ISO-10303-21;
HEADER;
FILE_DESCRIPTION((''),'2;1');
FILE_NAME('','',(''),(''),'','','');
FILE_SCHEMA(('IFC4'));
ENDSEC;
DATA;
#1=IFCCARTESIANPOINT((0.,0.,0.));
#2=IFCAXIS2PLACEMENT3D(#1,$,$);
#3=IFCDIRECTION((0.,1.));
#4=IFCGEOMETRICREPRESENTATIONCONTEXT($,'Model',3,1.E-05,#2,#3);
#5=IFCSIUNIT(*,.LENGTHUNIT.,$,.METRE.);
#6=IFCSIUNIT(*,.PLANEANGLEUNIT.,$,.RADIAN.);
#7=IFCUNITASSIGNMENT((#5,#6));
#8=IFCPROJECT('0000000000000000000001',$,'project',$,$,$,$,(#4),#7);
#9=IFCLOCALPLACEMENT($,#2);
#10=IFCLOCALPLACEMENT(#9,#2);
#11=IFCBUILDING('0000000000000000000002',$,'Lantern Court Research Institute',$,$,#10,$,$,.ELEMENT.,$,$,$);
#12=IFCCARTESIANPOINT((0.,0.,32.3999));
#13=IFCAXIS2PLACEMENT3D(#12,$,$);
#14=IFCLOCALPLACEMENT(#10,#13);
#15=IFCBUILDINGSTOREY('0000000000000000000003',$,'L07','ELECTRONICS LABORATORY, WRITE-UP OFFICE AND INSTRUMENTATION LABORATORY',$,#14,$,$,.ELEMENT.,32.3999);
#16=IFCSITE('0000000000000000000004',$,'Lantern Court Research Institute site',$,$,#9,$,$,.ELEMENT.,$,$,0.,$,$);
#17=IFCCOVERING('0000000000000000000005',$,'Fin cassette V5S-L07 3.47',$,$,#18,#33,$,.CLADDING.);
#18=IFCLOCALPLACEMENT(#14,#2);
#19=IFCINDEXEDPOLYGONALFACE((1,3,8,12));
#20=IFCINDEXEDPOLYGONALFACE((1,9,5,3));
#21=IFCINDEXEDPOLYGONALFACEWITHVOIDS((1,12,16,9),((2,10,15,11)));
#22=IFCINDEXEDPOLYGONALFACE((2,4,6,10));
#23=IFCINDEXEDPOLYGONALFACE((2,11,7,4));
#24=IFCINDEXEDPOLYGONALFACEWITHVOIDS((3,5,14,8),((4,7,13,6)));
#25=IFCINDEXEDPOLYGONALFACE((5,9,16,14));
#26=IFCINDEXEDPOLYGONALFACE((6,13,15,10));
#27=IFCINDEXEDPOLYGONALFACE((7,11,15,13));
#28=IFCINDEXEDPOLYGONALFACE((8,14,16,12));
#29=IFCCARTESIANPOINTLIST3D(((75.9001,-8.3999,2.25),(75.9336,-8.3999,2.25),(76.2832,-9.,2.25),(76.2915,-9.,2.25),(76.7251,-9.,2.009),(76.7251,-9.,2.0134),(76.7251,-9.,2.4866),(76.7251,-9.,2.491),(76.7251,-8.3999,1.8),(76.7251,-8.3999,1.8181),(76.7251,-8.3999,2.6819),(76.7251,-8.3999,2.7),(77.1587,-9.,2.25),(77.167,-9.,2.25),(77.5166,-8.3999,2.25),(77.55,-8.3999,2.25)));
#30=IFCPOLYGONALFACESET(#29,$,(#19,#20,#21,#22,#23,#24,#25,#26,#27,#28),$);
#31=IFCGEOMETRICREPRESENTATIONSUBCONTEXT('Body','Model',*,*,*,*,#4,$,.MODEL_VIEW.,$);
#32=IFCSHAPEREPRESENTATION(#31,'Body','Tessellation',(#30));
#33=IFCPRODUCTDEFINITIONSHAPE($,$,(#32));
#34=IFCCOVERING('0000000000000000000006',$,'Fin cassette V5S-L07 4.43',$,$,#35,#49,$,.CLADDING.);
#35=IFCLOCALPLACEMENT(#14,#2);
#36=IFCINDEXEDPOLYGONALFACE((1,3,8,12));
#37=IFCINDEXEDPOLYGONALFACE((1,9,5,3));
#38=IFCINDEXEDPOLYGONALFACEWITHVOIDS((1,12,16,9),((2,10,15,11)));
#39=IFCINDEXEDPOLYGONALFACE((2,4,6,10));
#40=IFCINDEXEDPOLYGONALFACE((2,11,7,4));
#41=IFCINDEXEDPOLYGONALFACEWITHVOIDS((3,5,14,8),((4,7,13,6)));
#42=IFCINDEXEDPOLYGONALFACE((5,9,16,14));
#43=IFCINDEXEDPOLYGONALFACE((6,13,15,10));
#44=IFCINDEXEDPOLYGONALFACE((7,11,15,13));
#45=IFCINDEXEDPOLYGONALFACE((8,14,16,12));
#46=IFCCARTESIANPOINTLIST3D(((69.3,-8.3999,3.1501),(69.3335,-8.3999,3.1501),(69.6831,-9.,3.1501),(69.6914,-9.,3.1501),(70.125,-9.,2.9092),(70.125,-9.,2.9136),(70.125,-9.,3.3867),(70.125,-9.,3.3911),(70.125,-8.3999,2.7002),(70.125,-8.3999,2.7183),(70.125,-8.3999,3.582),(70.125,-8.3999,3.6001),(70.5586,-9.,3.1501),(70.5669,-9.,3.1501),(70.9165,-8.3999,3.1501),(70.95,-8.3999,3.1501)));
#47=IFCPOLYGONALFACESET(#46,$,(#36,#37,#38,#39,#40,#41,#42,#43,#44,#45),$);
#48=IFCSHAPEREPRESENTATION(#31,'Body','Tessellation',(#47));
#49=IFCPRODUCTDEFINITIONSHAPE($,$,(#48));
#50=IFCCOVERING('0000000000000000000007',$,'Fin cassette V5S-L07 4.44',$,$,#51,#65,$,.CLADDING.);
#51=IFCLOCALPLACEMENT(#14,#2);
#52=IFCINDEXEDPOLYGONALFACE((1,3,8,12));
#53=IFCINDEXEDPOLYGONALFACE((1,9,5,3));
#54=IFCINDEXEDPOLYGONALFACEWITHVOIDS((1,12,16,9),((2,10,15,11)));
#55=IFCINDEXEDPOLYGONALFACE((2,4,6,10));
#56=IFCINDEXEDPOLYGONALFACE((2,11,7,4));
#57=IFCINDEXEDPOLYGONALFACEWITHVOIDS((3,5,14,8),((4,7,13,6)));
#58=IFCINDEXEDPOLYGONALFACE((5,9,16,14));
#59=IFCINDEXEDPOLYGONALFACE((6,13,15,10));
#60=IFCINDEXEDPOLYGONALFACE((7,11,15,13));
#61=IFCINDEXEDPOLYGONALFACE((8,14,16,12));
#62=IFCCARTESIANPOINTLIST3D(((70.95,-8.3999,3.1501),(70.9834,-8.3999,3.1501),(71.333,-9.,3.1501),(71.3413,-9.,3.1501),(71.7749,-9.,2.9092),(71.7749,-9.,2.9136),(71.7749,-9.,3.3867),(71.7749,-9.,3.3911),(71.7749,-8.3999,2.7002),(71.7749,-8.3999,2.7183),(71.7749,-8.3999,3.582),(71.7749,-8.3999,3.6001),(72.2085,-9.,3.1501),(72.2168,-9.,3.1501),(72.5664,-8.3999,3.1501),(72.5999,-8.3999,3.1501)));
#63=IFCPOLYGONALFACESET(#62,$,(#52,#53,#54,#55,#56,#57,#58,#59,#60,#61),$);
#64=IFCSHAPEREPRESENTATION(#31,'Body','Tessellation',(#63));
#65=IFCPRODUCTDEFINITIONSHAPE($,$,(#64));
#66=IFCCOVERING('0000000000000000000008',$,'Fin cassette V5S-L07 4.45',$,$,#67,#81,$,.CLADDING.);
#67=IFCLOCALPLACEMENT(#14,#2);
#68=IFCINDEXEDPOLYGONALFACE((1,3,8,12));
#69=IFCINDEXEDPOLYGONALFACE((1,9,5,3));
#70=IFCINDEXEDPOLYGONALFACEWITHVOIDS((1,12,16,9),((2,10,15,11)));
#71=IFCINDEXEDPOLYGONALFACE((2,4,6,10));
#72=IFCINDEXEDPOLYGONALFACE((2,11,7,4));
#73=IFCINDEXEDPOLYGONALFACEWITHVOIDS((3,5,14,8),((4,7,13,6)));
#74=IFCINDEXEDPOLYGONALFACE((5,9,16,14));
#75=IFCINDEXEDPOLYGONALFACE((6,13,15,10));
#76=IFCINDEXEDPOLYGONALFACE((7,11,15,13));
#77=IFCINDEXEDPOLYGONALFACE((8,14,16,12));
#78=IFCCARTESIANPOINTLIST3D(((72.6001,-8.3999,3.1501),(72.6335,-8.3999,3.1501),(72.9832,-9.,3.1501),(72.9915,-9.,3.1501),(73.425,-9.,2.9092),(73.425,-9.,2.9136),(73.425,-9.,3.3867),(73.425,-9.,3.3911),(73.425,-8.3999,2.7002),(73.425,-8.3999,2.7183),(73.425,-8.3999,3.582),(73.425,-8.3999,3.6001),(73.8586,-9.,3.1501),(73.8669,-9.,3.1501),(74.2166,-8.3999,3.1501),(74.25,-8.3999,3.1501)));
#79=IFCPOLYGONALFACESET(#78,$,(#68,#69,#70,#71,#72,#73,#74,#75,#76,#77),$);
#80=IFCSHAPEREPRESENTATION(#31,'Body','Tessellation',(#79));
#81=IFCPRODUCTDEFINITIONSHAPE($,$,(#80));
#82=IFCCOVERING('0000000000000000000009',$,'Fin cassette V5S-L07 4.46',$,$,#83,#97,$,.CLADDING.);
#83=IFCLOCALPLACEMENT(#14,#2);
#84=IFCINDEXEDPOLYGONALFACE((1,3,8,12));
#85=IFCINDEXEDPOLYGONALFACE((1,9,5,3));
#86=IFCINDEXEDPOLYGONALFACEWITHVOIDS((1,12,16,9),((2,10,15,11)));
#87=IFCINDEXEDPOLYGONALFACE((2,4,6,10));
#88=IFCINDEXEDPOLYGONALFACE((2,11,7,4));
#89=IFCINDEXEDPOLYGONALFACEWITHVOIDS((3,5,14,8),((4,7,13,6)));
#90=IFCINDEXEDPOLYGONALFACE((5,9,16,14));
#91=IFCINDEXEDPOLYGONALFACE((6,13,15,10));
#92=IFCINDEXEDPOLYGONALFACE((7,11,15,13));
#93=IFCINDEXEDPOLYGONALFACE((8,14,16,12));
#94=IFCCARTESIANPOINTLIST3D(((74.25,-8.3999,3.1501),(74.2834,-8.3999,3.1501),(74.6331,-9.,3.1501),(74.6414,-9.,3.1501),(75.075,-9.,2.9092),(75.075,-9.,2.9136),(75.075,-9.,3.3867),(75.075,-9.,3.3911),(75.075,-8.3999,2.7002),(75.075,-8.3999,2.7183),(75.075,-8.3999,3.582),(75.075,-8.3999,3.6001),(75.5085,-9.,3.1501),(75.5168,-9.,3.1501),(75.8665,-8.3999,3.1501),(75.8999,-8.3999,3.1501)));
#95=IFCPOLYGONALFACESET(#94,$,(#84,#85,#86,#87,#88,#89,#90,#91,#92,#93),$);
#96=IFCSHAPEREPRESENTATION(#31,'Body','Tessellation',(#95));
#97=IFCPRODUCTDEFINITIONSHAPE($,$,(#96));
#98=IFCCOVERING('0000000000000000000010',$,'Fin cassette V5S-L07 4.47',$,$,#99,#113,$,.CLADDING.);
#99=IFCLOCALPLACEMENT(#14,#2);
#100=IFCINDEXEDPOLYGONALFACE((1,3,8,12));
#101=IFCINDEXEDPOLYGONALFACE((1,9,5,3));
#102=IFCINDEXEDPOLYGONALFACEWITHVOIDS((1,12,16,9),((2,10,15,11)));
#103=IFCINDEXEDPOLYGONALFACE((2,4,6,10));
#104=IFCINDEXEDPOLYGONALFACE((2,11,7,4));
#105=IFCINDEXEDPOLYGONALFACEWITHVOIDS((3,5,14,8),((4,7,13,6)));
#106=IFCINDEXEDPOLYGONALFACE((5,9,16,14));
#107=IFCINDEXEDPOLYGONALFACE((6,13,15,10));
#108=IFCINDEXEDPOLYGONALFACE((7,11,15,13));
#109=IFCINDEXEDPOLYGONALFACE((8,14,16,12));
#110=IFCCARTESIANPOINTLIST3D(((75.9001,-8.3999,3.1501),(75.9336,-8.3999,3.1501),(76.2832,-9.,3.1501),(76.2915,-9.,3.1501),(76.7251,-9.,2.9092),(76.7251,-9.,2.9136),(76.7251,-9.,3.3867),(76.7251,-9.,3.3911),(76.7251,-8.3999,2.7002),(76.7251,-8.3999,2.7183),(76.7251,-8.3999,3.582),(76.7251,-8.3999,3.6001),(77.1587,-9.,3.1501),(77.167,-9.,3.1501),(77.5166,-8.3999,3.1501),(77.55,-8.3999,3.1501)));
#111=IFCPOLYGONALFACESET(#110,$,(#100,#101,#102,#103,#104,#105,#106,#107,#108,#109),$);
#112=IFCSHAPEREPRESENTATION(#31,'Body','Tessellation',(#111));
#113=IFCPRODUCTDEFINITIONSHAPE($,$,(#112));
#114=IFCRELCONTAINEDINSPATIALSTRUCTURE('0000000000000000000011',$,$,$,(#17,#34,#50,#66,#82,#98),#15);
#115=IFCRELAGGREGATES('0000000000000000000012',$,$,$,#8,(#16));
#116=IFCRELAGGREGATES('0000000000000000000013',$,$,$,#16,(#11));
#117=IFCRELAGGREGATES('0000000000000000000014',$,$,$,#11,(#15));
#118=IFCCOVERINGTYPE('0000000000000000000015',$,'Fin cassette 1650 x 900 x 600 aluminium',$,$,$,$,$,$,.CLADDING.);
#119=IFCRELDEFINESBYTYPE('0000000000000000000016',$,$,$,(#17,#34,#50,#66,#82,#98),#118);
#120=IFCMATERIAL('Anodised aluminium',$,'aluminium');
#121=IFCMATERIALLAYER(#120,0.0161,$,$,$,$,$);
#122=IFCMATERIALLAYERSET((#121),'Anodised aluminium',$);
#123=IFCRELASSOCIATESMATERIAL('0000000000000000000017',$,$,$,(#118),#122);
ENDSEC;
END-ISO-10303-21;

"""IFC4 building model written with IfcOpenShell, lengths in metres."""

from ifc_helpers import new_model, entity, si_unit, direction, frame, origin, place, context, subcontext, project, spatial, material, layer, layer_set, type_object, element, save


model = new_model("IFC4")

# Units and contexts
model_context = context("Model", 3, precision=1e-05, world=origin(), true_north=direction((0.0, 1.0)))
body_context = subcontext(model_context, "Body", "Model", "MODEL_VIEW")
ifc_project = project(units=[si_unit("LENGTHUNIT", "METRE"), si_unit("PLANEANGLEUNIT", "RADIAN")], contexts=[model_context])

# Site, building, storey
site_placement = place(None, origin())
site = spatial("IfcSite", under=ifc_project, at=site_placement, Name="Lantern Court Research Institute site", CompositionType="ELEMENT", RefElevation=0.0)
building_placement = place(site_placement, origin())
building = spatial("IfcBuilding", under=site, at=building_placement, Name="Lantern Court Research Institute", CompositionType="ELEMENT")
storey_placement = place(building_placement, frame((0.0, 0.0, 32.3999)))
storey = spatial("IfcBuildingStorey", under=building, at=storey_placement, Name="L07", Description="ELECTRONICS LABORATORY, WRITE-UP OFFICE AND INSTRUMENTATION LABORATORY", CompositionType="ELEMENT", Elevation=32.3999)

# Coverings
ifc_material = material(Name="Anodised aluminium", Category="aluminium")
ifc_layer = layer(ifc_material, 0.0161)
ifc_layer_set = layer_set([ifc_layer], Name="Anodised aluminium")
covering_type = type_object("IfcCoveringType", Name="Fin cassette 1650 x 900 x 600 aluminium", PredefinedType="CLADDING", material=ifc_layer_set)
covering_1_placement = place(storey_placement, frame((76.7251, -8.3999, 2.25), z_axis=(0.0, -1.0, 0.0), x_axis=(1.0, 0.0, 0.0)))
cartesian_point_1 = entity("IfcCartesianPoint", [0.825, 0.0])
cartesian_point_2 = entity("IfcCartesianPoint", [0.7915, 0.0])
cartesian_point_3 = entity("IfcCartesianPoint", [0.4419, 0.0])
cartesian_point_4 = entity("IfcCartesianPoint", [0.4336, 0.0])
element("IfcCovering", 1, at=covering_1_placement, inside=storey, type_object=covering_type, Name="Fin cassette V5S-L07 3.47", PredefinedType="CLADDING", context=body_context, shape_type="SweptSolid", body=[
    entity("IfcExtrudedAreaSolidTapered", entity("IfcArbitraryProfileDefWithVoids", "AREA", None, entity("IfcPolyline", [cartesian_point_1, entity("IfcCartesianPoint", [0.0, 0.45]), entity("IfcCartesianPoint", [-0.825, 0.0]), entity("IfcCartesianPoint", [0.0, -0.45]), cartesian_point_1]), [entity("IfcPolyline", [cartesian_point_2, entity("IfcCartesianPoint", [0.0, 0.4319]), entity("IfcCartesianPoint", [-0.7915, 0.0]), entity("IfcCartesianPoint", [0.0, -0.4319]), cartesian_point_2])]), entity("IfcAxis2Placement3D", entity("IfcCartesianPoint", [0.0, 0.0, 0.0])), entity("IfcDirection", [0.0, 0.0, 1.0]), 0.6001, entity("IfcArbitraryProfileDefWithVoids", "AREA", None, entity("IfcPolyline", [cartesian_point_3, entity("IfcCartesianPoint", [0.0, 0.241]), entity("IfcCartesianPoint", [-0.4419, 0.0]), entity("IfcCartesianPoint", [0.0, -0.241]), cartesian_point_3]), [entity("IfcPolyline", [cartesian_point_4, entity("IfcCartesianPoint", [0.0, 0.2366]), entity("IfcCartesianPoint", [-0.4336, 0.0]), entity("IfcCartesianPoint", [0.0, -0.2366]), cartesian_point_4])])),
])
covering_2_placement = place(storey_placement, frame((70.125, -8.3999, 3.1501), z_axis=(0.0, -1.0, 0.0), x_axis=(1.0, 0.0, 0.0)))
cartesian_point_5 = entity("IfcCartesianPoint", [0.825, 0.0])
cartesian_point_6 = entity("IfcCartesianPoint", [0.7915, 0.0])
cartesian_point_7 = entity("IfcCartesianPoint", [0.4419, 0.0])
cartesian_point_8 = entity("IfcCartesianPoint", [0.4336, 0.0])
element("IfcCovering", 2, at=covering_2_placement, inside=storey, type_object=covering_type, Name="Fin cassette V5S-L07 4.43", PredefinedType="CLADDING", context=body_context, shape_type="SweptSolid", body=[
    entity("IfcExtrudedAreaSolidTapered", entity("IfcArbitraryProfileDefWithVoids", "AREA", None, entity("IfcPolyline", [cartesian_point_5, entity("IfcCartesianPoint", [0.0, 0.45]), entity("IfcCartesianPoint", [-0.825, 0.0]), entity("IfcCartesianPoint", [0.0, -0.45]), cartesian_point_5]), [entity("IfcPolyline", [cartesian_point_6, entity("IfcCartesianPoint", [0.0, 0.4319]), entity("IfcCartesianPoint", [-0.7915, 0.0]), entity("IfcCartesianPoint", [0.0, -0.4319]), cartesian_point_6])]), entity("IfcAxis2Placement3D", entity("IfcCartesianPoint", [0.0, 0.0, 0.0])), entity("IfcDirection", [0.0, 0.0, 1.0]), 0.6001, entity("IfcArbitraryProfileDefWithVoids", "AREA", None, entity("IfcPolyline", [cartesian_point_7, entity("IfcCartesianPoint", [0.0, 0.241]), entity("IfcCartesianPoint", [-0.4419, 0.0]), entity("IfcCartesianPoint", [0.0, -0.241]), cartesian_point_7]), [entity("IfcPolyline", [cartesian_point_8, entity("IfcCartesianPoint", [0.0, 0.2366]), entity("IfcCartesianPoint", [-0.4336, 0.0]), entity("IfcCartesianPoint", [0.0, -0.2366]), cartesian_point_8])])),
])
covering_3_placement = place(storey_placement, frame((71.7749, -8.3999, 3.1501), z_axis=(0.0, -1.0, 0.0), x_axis=(1.0, 0.0, 0.0)))
cartesian_point_9 = entity("IfcCartesianPoint", [0.825, 0.0])
cartesian_point_10 = entity("IfcCartesianPoint", [0.7915, 0.0])
cartesian_point_11 = entity("IfcCartesianPoint", [0.4419, 0.0])
cartesian_point_12 = entity("IfcCartesianPoint", [0.4336, 0.0])
element("IfcCovering", 3, at=covering_3_placement, inside=storey, type_object=covering_type, Name="Fin cassette V5S-L07 4.44", PredefinedType="CLADDING", context=body_context, shape_type="SweptSolid", body=[
    entity("IfcExtrudedAreaSolidTapered", entity("IfcArbitraryProfileDefWithVoids", "AREA", None, entity("IfcPolyline", [cartesian_point_9, entity("IfcCartesianPoint", [0.0, 0.45]), entity("IfcCartesianPoint", [-0.825, 0.0]), entity("IfcCartesianPoint", [0.0, -0.45]), cartesian_point_9]), [entity("IfcPolyline", [cartesian_point_10, entity("IfcCartesianPoint", [0.0, 0.4319]), entity("IfcCartesianPoint", [-0.7915, 0.0]), entity("IfcCartesianPoint", [0.0, -0.4319]), cartesian_point_10])]), entity("IfcAxis2Placement3D", entity("IfcCartesianPoint", [0.0, 0.0, 0.0])), entity("IfcDirection", [0.0, 0.0, 1.0]), 0.6001, entity("IfcArbitraryProfileDefWithVoids", "AREA", None, entity("IfcPolyline", [cartesian_point_11, entity("IfcCartesianPoint", [0.0, 0.241]), entity("IfcCartesianPoint", [-0.4419, 0.0]), entity("IfcCartesianPoint", [0.0, -0.241]), cartesian_point_11]), [entity("IfcPolyline", [cartesian_point_12, entity("IfcCartesianPoint", [0.0, 0.2366]), entity("IfcCartesianPoint", [-0.4336, 0.0]), entity("IfcCartesianPoint", [0.0, -0.2366]), cartesian_point_12])])),
])
covering_4_placement = place(storey_placement, frame((73.425, -8.3999, 3.1501), z_axis=(0.0, -1.0, 0.0), x_axis=(1.0, 0.0, 0.0)))
cartesian_point_13 = entity("IfcCartesianPoint", [0.825, 0.0])
cartesian_point_14 = entity("IfcCartesianPoint", [0.7915, 0.0])
cartesian_point_15 = entity("IfcCartesianPoint", [0.4419, 0.0])
cartesian_point_16 = entity("IfcCartesianPoint", [0.4336, 0.0])
element("IfcCovering", 4, at=covering_4_placement, inside=storey, type_object=covering_type, Name="Fin cassette V5S-L07 4.45", PredefinedType="CLADDING", context=body_context, shape_type="SweptSolid", body=[
    entity("IfcExtrudedAreaSolidTapered", entity("IfcArbitraryProfileDefWithVoids", "AREA", None, entity("IfcPolyline", [cartesian_point_13, entity("IfcCartesianPoint", [0.0, 0.45]), entity("IfcCartesianPoint", [-0.825, 0.0]), entity("IfcCartesianPoint", [0.0, -0.45]), cartesian_point_13]), [entity("IfcPolyline", [cartesian_point_14, entity("IfcCartesianPoint", [0.0, 0.4319]), entity("IfcCartesianPoint", [-0.7915, 0.0]), entity("IfcCartesianPoint", [0.0, -0.4319]), cartesian_point_14])]), entity("IfcAxis2Placement3D", entity("IfcCartesianPoint", [0.0, 0.0, 0.0])), entity("IfcDirection", [0.0, 0.0, 1.0]), 0.6001, entity("IfcArbitraryProfileDefWithVoids", "AREA", None, entity("IfcPolyline", [cartesian_point_15, entity("IfcCartesianPoint", [0.0, 0.241]), entity("IfcCartesianPoint", [-0.4419, 0.0]), entity("IfcCartesianPoint", [0.0, -0.241]), cartesian_point_15]), [entity("IfcPolyline", [cartesian_point_16, entity("IfcCartesianPoint", [0.0, 0.2366]), entity("IfcCartesianPoint", [-0.4336, 0.0]), entity("IfcCartesianPoint", [0.0, -0.2366]), cartesian_point_16])])),
])
covering_5_placement = place(storey_placement, frame((75.075, -8.3999, 3.1501), z_axis=(0.0, -1.0, 0.0), x_axis=(1.0, 0.0, 0.0)))
cartesian_point_17 = entity("IfcCartesianPoint", [0.825, 0.0])
cartesian_point_18 = entity("IfcCartesianPoint", [0.7915, 0.0])
cartesian_point_19 = entity("IfcCartesianPoint", [0.4419, 0.0])
cartesian_point_20 = entity("IfcCartesianPoint", [0.4336, 0.0])
element("IfcCovering", 5, at=covering_5_placement, inside=storey, type_object=covering_type, Name="Fin cassette V5S-L07 4.46", PredefinedType="CLADDING", context=body_context, shape_type="SweptSolid", body=[
    entity("IfcExtrudedAreaSolidTapered", entity("IfcArbitraryProfileDefWithVoids", "AREA", None, entity("IfcPolyline", [cartesian_point_17, entity("IfcCartesianPoint", [0.0, 0.45]), entity("IfcCartesianPoint", [-0.825, 0.0]), entity("IfcCartesianPoint", [0.0, -0.45]), cartesian_point_17]), [entity("IfcPolyline", [cartesian_point_18, entity("IfcCartesianPoint", [0.0, 0.4319]), entity("IfcCartesianPoint", [-0.7915, 0.0]), entity("IfcCartesianPoint", [0.0, -0.4319]), cartesian_point_18])]), entity("IfcAxis2Placement3D", entity("IfcCartesianPoint", [0.0, 0.0, 0.0])), entity("IfcDirection", [0.0, 0.0, 1.0]), 0.6001, entity("IfcArbitraryProfileDefWithVoids", "AREA", None, entity("IfcPolyline", [cartesian_point_19, entity("IfcCartesianPoint", [0.0, 0.241]), entity("IfcCartesianPoint", [-0.4419, 0.0]), entity("IfcCartesianPoint", [0.0, -0.241]), cartesian_point_19]), [entity("IfcPolyline", [cartesian_point_20, entity("IfcCartesianPoint", [0.0, 0.2366]), entity("IfcCartesianPoint", [-0.4336, 0.0]), entity("IfcCartesianPoint", [0.0, -0.2366]), cartesian_point_20])])),
])
covering_6_placement = place(storey_placement, frame((76.7251, -8.3999, 3.1501), z_axis=(0.0, -1.0, 0.0), x_axis=(1.0, 0.0, 0.0)))
cartesian_point_21 = entity("IfcCartesianPoint", [0.825, 0.0])
cartesian_point_22 = entity("IfcCartesianPoint", [0.7915, 0.0])
cartesian_point_23 = entity("IfcCartesianPoint", [0.4419, 0.0])
cartesian_point_24 = entity("IfcCartesianPoint", [0.4336, 0.0])
element("IfcCovering", 6, at=covering_6_placement, inside=storey, type_object=covering_type, Name="Fin cassette V5S-L07 4.47", PredefinedType="CLADDING", context=body_context, shape_type="SweptSolid", body=[
    entity("IfcExtrudedAreaSolidTapered", entity("IfcArbitraryProfileDefWithVoids", "AREA", None, entity("IfcPolyline", [cartesian_point_21, entity("IfcCartesianPoint", [0.0, 0.45]), entity("IfcCartesianPoint", [-0.825, 0.0]), entity("IfcCartesianPoint", [0.0, -0.45]), cartesian_point_21]), [entity("IfcPolyline", [cartesian_point_22, entity("IfcCartesianPoint", [0.0, 0.4319]), entity("IfcCartesianPoint", [-0.7915, 0.0]), entity("IfcCartesianPoint", [0.0, -0.4319]), cartesian_point_22])]), entity("IfcAxis2Placement3D", entity("IfcCartesianPoint", [0.0, 0.0, 0.0])), entity("IfcDirection", [0.0, 0.0, 1.0]), 0.6001, entity("IfcArbitraryProfileDefWithVoids", "AREA", None, entity("IfcPolyline", [cartesian_point_23, entity("IfcCartesianPoint", [0.0, 0.241]), entity("IfcCartesianPoint", [-0.4419, 0.0]), entity("IfcCartesianPoint", [0.0, -0.241]), cartesian_point_23]), [entity("IfcPolyline", [cartesian_point_24, entity("IfcCartesianPoint", [0.0, 0.2366]), entity("IfcCartesianPoint", [-0.4336, 0.0]), entity("IfcCartesianPoint", [0.0, -0.2366]), cartesian_point_24])])),
])

save(model, "model.ifc")
